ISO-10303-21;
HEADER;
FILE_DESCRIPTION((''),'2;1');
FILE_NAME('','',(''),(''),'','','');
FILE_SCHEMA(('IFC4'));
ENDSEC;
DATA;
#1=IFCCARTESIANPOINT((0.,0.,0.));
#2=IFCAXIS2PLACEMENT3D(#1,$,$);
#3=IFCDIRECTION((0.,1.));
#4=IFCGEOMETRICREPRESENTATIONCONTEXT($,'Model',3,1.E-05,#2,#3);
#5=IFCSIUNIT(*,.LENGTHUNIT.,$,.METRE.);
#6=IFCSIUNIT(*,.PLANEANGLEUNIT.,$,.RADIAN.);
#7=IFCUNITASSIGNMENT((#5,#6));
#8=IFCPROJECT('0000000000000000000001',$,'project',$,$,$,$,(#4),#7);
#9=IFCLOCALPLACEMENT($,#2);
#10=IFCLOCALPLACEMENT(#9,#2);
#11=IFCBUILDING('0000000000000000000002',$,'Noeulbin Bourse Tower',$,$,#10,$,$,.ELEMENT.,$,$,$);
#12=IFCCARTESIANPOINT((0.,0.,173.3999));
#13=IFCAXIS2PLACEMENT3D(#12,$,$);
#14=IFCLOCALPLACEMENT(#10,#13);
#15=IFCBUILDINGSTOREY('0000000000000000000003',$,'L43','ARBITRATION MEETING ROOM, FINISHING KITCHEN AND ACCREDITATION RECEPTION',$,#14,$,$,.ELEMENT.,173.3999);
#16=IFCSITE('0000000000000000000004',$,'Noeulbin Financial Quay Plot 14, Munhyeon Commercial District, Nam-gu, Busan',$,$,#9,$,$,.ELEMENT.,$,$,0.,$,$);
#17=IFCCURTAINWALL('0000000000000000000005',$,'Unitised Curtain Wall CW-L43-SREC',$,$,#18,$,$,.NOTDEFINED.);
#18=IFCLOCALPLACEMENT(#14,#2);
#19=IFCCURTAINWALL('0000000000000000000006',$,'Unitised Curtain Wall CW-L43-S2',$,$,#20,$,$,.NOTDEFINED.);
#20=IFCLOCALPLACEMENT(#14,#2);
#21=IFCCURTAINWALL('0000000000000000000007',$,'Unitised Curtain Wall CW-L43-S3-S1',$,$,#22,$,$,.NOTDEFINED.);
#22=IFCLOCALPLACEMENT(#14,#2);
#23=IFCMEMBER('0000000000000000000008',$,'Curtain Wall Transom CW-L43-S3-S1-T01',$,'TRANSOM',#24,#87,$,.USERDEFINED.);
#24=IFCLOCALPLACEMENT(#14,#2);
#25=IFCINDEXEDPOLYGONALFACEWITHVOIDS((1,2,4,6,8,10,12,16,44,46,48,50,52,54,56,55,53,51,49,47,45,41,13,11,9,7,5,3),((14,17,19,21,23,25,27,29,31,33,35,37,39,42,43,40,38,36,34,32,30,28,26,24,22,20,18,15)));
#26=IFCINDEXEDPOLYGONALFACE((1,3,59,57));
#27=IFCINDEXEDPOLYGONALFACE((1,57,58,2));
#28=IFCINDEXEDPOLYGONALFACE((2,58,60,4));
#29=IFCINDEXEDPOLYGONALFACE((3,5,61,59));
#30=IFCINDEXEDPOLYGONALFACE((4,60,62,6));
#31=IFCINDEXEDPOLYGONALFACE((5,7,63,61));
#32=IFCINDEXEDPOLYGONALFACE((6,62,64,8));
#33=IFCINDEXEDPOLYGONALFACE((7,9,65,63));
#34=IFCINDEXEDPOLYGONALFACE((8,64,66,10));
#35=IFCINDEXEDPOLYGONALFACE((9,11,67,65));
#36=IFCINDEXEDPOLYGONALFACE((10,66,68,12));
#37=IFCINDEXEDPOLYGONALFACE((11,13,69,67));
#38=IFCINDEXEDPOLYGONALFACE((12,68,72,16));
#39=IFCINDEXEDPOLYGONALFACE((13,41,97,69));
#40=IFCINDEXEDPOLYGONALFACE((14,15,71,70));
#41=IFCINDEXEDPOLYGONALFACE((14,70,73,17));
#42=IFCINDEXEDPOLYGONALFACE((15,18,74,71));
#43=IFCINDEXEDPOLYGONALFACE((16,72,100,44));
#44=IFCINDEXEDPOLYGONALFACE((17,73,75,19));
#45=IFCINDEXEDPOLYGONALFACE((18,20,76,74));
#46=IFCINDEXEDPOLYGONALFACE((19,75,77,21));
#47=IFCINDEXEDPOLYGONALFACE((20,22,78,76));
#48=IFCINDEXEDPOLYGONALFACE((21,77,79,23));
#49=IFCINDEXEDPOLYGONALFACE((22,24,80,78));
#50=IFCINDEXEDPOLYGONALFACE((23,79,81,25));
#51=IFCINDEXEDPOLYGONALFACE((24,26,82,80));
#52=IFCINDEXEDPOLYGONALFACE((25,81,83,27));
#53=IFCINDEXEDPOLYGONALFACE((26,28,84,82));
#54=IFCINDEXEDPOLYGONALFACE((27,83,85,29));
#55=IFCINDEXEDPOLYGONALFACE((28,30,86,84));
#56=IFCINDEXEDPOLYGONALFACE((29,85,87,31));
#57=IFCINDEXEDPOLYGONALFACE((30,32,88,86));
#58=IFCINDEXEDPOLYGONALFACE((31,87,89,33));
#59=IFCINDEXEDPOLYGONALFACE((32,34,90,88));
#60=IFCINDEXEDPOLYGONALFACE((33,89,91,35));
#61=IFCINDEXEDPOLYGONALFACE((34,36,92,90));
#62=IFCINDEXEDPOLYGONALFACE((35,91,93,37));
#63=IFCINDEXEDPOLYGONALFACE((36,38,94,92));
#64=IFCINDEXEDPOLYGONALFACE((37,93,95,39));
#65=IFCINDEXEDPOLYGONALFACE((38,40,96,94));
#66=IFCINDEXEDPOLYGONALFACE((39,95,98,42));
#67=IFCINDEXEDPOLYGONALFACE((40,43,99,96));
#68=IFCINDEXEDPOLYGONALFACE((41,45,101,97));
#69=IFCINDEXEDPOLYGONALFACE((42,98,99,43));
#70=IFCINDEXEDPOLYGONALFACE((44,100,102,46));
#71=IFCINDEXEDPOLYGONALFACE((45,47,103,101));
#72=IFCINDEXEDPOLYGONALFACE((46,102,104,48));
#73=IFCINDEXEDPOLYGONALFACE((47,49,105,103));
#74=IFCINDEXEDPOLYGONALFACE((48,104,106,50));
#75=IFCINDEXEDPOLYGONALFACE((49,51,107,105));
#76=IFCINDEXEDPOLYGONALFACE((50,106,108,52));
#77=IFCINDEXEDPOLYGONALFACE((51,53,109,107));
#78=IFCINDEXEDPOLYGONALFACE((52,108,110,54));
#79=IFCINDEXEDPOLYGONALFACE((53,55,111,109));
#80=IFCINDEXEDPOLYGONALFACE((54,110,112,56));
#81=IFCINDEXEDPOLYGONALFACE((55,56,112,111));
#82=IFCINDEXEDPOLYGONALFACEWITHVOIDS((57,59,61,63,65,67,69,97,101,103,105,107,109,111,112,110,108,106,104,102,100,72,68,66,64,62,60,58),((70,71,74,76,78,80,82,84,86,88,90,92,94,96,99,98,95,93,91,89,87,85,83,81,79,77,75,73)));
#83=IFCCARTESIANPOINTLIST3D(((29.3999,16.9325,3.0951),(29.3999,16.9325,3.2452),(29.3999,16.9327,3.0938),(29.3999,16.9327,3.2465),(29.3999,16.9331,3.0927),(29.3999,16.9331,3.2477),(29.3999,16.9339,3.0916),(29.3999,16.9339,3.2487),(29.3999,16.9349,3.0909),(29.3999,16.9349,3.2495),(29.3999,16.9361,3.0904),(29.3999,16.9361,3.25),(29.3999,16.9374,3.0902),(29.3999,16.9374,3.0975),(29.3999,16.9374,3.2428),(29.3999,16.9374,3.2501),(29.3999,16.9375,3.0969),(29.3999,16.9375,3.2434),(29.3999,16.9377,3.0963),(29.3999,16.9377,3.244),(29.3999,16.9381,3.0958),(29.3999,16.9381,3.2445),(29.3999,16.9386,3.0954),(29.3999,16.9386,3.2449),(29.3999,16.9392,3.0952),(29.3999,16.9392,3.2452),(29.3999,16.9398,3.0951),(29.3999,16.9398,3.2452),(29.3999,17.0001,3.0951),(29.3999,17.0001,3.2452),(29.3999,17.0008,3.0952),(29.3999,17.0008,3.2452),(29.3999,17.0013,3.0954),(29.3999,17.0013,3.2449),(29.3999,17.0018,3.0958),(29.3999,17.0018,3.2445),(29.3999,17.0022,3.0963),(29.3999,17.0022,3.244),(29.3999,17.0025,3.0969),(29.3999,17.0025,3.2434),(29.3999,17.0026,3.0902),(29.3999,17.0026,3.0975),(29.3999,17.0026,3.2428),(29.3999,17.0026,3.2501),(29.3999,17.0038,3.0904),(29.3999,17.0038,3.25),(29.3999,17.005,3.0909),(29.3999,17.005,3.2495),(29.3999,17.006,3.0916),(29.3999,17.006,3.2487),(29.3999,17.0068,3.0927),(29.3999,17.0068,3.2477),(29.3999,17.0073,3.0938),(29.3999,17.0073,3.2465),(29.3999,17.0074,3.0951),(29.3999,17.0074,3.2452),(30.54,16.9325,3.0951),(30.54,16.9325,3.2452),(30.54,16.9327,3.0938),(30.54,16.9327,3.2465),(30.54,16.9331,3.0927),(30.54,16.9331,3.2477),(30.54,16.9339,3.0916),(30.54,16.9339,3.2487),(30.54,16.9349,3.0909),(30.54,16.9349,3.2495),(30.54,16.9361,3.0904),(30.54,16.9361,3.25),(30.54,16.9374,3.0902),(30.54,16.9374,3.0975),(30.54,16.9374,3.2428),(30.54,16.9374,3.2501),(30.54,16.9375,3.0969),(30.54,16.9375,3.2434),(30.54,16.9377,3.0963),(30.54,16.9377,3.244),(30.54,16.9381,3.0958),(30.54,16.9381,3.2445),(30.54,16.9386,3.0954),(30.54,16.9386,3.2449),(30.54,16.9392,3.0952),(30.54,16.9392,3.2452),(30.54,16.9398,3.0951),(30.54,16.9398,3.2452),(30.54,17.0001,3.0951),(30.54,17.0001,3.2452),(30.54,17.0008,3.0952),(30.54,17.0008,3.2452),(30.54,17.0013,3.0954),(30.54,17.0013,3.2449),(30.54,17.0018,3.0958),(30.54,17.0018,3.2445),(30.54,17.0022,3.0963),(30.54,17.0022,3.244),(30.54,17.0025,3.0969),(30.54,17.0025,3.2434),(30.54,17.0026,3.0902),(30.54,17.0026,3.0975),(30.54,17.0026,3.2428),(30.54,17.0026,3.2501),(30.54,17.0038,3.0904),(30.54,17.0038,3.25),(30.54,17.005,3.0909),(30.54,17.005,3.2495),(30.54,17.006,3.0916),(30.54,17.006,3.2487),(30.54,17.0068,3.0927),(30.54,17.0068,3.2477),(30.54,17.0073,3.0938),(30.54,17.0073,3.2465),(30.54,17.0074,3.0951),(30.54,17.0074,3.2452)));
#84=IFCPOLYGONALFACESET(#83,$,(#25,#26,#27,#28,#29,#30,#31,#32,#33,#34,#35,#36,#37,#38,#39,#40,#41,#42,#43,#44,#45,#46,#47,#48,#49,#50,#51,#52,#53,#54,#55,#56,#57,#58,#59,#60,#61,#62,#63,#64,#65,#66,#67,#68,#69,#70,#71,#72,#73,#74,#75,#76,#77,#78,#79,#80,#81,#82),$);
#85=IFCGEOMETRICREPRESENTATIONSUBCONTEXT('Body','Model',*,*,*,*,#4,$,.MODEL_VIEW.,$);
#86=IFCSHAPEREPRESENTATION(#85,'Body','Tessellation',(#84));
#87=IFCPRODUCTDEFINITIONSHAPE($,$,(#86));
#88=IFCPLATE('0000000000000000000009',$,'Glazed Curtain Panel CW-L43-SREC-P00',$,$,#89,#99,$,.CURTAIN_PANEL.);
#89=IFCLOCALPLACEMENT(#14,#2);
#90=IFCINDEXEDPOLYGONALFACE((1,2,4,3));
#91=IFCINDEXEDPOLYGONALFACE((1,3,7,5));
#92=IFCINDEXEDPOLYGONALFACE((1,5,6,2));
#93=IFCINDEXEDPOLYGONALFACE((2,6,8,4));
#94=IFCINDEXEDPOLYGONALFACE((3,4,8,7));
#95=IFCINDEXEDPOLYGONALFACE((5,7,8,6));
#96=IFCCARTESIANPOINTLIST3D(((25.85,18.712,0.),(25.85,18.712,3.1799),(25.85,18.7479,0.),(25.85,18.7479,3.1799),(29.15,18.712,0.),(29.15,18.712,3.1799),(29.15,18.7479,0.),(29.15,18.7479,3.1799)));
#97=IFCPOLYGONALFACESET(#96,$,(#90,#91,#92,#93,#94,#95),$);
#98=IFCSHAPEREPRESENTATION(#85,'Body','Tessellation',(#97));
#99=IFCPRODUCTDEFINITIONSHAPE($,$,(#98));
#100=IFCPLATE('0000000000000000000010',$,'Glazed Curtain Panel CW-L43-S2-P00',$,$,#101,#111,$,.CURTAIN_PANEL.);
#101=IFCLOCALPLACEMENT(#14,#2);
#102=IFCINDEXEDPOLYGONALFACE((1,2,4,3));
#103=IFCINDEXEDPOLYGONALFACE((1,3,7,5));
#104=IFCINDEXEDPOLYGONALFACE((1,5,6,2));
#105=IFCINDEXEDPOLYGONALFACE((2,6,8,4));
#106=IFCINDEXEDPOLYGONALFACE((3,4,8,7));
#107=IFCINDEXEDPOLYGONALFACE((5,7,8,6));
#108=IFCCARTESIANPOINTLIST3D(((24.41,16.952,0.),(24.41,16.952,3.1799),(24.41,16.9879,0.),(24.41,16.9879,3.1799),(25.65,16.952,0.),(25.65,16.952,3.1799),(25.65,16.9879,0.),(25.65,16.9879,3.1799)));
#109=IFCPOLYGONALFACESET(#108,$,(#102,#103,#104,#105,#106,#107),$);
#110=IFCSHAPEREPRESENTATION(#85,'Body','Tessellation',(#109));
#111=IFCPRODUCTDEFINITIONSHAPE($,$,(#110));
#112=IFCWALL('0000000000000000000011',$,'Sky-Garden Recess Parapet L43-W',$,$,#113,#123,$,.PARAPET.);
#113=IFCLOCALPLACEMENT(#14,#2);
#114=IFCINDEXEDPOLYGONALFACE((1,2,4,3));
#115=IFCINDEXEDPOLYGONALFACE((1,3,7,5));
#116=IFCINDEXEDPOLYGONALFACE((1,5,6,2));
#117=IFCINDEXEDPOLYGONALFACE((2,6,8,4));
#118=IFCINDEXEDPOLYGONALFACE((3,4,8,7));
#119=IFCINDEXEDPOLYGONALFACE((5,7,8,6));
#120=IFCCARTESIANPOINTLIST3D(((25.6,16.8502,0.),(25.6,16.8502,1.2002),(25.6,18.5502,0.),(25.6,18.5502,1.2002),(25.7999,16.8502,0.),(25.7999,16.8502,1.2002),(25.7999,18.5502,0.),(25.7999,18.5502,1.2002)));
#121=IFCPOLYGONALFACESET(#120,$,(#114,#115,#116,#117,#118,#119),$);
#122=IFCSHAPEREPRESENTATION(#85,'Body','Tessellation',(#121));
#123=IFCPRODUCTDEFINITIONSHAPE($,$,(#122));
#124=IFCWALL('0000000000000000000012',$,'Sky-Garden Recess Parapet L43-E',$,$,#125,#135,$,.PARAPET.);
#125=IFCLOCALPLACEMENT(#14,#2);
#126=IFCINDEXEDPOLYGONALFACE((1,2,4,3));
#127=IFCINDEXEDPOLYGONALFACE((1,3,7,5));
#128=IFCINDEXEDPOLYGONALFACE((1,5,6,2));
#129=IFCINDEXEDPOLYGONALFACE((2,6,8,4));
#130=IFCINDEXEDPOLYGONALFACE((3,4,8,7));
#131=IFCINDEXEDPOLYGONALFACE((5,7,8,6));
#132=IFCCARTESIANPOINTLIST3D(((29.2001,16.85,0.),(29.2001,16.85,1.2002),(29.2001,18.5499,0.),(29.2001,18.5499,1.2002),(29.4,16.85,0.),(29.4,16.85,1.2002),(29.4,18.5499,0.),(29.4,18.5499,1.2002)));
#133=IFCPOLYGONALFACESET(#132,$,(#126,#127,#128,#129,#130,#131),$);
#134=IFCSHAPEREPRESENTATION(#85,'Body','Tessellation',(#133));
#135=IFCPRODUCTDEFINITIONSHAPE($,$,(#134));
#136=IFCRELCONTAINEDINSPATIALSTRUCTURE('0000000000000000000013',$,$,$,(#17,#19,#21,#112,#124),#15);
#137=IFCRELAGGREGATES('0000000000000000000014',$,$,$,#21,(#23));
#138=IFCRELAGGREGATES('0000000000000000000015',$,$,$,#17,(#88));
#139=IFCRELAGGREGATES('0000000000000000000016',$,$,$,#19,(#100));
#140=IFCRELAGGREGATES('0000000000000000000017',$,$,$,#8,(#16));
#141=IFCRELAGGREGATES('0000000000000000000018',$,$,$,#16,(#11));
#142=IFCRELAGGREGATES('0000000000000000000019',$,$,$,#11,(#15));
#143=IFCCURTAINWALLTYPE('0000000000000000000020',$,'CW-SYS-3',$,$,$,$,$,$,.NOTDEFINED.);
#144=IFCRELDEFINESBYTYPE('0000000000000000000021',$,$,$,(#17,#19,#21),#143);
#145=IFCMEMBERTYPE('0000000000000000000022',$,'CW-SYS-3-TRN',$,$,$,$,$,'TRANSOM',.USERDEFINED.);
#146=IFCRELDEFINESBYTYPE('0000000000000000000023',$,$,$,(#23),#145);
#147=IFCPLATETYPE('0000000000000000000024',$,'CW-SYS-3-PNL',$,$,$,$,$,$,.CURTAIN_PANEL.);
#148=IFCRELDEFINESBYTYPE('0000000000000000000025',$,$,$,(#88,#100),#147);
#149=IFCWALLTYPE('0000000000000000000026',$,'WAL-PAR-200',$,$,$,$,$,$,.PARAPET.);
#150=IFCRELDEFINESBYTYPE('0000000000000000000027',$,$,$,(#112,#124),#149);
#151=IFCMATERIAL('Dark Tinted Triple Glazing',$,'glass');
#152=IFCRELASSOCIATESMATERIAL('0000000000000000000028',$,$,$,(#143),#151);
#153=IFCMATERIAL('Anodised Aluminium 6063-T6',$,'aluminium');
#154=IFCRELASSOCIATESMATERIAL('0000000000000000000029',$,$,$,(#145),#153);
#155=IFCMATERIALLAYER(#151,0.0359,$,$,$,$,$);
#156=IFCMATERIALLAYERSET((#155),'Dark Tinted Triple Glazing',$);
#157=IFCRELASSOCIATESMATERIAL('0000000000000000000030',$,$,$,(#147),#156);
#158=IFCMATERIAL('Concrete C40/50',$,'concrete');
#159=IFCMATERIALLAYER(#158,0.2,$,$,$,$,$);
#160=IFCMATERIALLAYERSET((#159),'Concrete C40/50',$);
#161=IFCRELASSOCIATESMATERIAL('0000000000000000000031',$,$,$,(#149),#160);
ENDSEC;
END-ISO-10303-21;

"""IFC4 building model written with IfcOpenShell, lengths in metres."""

from ifc_helpers import new_model, si_unit, direction, frame, frame_2d, origin, origin_2d, place, context, subcontext, project, spatial, rectangle, hollow_rectangle, extrude, material, layer, layer_set, material_profile, profile_set, type_object, element, aggregate, save


model = new_model("IFC4")

# Units and contexts
model_context = context("Model", 3, precision=1e-05, world=origin(), true_north=direction((0.0, 1.0)))
body_context = subcontext(model_context, "Body", "Model", "MODEL_VIEW")
ifc_project = project(units=[si_unit("LENGTHUNIT", "METRE"), si_unit("PLANEANGLEUNIT", "RADIAN")], contexts=[model_context])

# Site, building, storey
site_placement = place(None, origin())
site = spatial("IfcSite", under=ifc_project, at=site_placement, Name="Noeulbin Financial Quay Plot 14, Munhyeon Commercial District, Nam-gu, Busan", CompositionType="ELEMENT", RefElevation=0.0)
building_placement = place(site_placement, origin())
building = spatial("IfcBuilding", under=site, at=building_placement, Name="Noeulbin Bourse Tower", CompositionType="ELEMENT")
storey_placement = place(building_placement, frame((0.0, 0.0, 173.3999)))
storey = spatial("IfcBuildingStorey", under=building, at=storey_placement, Name="L43", Description="ARBITRATION MEETING ROOM, FINISHING KITCHEN AND ACCREDITATION RECEPTION", CompositionType="ELEMENT", Elevation=173.3999)

# Curtain wall
ifc_material_1 = material(Name="Dark Tinted Triple Glazing", Category="glass")
curtain_wall_type = type_object("IfcCurtainWallType", Name="CW-SYS-3", PredefinedType="NOTDEFINED", material=ifc_material_1)
curtain_wall_1_placement = place(storey_placement, origin())
curtain_wall_1 = element("IfcCurtainWall", 1, at=curtain_wall_1_placement, inside=storey, type_object=curtain_wall_type, Name="Unitised Curtain Wall CW-L43-SREC", PredefinedType="NOTDEFINED")
ifc_material_2 = material(Name="Anodised Aluminium 6063-T6", Category="aluminium")

# Curtain walls
curtain_wall_2_placement = place(storey_placement, origin())
curtain_wall_2 = element("IfcCurtainWall", 2, at=curtain_wall_2_placement, inside=storey, type_object=curtain_wall_type, Name="Unitised Curtain Wall CW-L43-S2", PredefinedType="NOTDEFINED")
curtain_wall_3_placement = place(storey_placement, origin())
curtain_wall_3 = element("IfcCurtainWall", 3, at=curtain_wall_3_placement, inside=storey, type_object=curtain_wall_type, Name="Unitised Curtain Wall CW-L43-S3-S1", PredefinedType="NOTDEFINED")

# Member
ifc_material_profile_1 = material_profile(ifc_material_2, hollow_rectangle(XDim=0.075, YDim=0.1599, WallThickness=0.0049, InnerFilletRadius=0.0024, OuterFilletRadius=0.0049, at=origin_2d()), Name="ALU-TRAN-75x160x5", Category="LoadBearing")
ifc_profile_set_1 = profile_set([ifc_material_profile_1], Name="Anodised Aluminium 6063-T6")
member_type_1 = type_object("IfcMemberType", Name="CW-SYS-3-TRN", ElementType="TRANSOM", PredefinedType="USERDEFINED", material=ifc_profile_set_1)
member_1_placement = place(storey_placement, frame((29.3999, 16.97, 3.1702), z_axis=(1.0, 0.0, 0.0), x_axis=(0.0, 1.0, 0.0)))
member_1 = element("IfcMember", 4, at=member_1_placement, type_object=member_type_1, Name="Curtain Wall Transom CW-L43-S3-S1-T01", ObjectType="TRANSOM", PredefinedType="USERDEFINED", context=body_context, shape_type="SweptSolid", body=[
    extrude(hollow_rectangle(XDim=0.075, YDim=0.1599, WallThickness=0.0049, InnerFilletRadius=0.0024, OuterFilletRadius=0.0049, at=origin_2d()), origin(), (0.0, 0.0, 1.0), 1.1401),
])
aggregate(curtain_wall_3, [member_1])

# Plates
ifc_layer_1 = layer(ifc_material_1, 0.0359)
ifc_layer_set_1 = layer_set([ifc_layer_1], Name="Dark Tinted Triple Glazing")
plate_type = type_object("IfcPlateType", Name="CW-SYS-3-PNL", PredefinedType="CURTAIN_PANEL", material=ifc_layer_set_1)
plate_1_placement = place(storey_placement, frame((27.5, 18.73, 0.0), z_axis=(0.0, 0.0, 1.0), x_axis=(1.0, 0.0, 0.0)))
plate_1 = element("IfcPlate", 5, at=plate_1_placement, type_object=plate_type, Name="Glazed Curtain Panel CW-L43-SREC-P00", PredefinedType="CURTAIN_PANEL", context=body_context, shape_type="SweptSolid", body=[
    extrude(rectangle(XDim=3.3, YDim=0.0359, at=origin_2d()), origin(), (0.0, 0.0, 1.0), 3.1799),
])
aggregate(curtain_wall_1, [plate_1])
plate_2_placement = place(storey_placement, frame((25.03, 16.97, 0.0), z_axis=(0.0, 0.0, 1.0), x_axis=(1.0, 0.0, 0.0)))
plate_2 = element("IfcPlate", 6, at=plate_2_placement, type_object=plate_type, Name="Glazed Curtain Panel CW-L43-S2-P00", PredefinedType="CURTAIN_PANEL", context=body_context, shape_type="SweptSolid", body=[
    extrude(rectangle(XDim=1.24, YDim=0.0359, at=origin_2d()), origin(), (0.0, 0.0, 1.0), 3.1799),
])
aggregate(curtain_wall_2, [plate_2])

# Walls
ifc_material_3 = material(Name="Concrete C40/50", Category="concrete")
ifc_layer_2 = layer(ifc_material_3, 0.2)
ifc_layer_set_2 = layer_set([ifc_layer_2], Name="Concrete C40/50")
wall_type = type_object("IfcWallType", Name="WAL-PAR-200", PredefinedType="PARAPET", material=ifc_layer_set_2)
for number, where, z_axis, x_axis, name in (
    (7, (25.7, 16.8501, 0.0), (0.0, 0.0, 1.0), (0.0, 1.0, 0.0), "Sky-Garden Recess Parapet L43-W"),
    (8, (29.3, 18.55, 0.0), (0.0, 0.0, 1.0), (0.0, -1.0, 0.0), "Sky-Garden Recess Parapet L43-E"),
):
    element("IfcWall", number, at=place(storey_placement, frame(where, z_axis=z_axis, x_axis=x_axis)), inside=storey, type_object=wall_type, Name=name, PredefinedType="PARAPET", context=body_context, shape_type="SweptSolid", body=[
        extrude(rectangle(XDim=1.7, YDim=0.2, at=frame_2d((0.8501, 0.0))), origin(), (0.0, 0.0, 1.0), 1.2002),
    ])

save(model, "model.ifc")
